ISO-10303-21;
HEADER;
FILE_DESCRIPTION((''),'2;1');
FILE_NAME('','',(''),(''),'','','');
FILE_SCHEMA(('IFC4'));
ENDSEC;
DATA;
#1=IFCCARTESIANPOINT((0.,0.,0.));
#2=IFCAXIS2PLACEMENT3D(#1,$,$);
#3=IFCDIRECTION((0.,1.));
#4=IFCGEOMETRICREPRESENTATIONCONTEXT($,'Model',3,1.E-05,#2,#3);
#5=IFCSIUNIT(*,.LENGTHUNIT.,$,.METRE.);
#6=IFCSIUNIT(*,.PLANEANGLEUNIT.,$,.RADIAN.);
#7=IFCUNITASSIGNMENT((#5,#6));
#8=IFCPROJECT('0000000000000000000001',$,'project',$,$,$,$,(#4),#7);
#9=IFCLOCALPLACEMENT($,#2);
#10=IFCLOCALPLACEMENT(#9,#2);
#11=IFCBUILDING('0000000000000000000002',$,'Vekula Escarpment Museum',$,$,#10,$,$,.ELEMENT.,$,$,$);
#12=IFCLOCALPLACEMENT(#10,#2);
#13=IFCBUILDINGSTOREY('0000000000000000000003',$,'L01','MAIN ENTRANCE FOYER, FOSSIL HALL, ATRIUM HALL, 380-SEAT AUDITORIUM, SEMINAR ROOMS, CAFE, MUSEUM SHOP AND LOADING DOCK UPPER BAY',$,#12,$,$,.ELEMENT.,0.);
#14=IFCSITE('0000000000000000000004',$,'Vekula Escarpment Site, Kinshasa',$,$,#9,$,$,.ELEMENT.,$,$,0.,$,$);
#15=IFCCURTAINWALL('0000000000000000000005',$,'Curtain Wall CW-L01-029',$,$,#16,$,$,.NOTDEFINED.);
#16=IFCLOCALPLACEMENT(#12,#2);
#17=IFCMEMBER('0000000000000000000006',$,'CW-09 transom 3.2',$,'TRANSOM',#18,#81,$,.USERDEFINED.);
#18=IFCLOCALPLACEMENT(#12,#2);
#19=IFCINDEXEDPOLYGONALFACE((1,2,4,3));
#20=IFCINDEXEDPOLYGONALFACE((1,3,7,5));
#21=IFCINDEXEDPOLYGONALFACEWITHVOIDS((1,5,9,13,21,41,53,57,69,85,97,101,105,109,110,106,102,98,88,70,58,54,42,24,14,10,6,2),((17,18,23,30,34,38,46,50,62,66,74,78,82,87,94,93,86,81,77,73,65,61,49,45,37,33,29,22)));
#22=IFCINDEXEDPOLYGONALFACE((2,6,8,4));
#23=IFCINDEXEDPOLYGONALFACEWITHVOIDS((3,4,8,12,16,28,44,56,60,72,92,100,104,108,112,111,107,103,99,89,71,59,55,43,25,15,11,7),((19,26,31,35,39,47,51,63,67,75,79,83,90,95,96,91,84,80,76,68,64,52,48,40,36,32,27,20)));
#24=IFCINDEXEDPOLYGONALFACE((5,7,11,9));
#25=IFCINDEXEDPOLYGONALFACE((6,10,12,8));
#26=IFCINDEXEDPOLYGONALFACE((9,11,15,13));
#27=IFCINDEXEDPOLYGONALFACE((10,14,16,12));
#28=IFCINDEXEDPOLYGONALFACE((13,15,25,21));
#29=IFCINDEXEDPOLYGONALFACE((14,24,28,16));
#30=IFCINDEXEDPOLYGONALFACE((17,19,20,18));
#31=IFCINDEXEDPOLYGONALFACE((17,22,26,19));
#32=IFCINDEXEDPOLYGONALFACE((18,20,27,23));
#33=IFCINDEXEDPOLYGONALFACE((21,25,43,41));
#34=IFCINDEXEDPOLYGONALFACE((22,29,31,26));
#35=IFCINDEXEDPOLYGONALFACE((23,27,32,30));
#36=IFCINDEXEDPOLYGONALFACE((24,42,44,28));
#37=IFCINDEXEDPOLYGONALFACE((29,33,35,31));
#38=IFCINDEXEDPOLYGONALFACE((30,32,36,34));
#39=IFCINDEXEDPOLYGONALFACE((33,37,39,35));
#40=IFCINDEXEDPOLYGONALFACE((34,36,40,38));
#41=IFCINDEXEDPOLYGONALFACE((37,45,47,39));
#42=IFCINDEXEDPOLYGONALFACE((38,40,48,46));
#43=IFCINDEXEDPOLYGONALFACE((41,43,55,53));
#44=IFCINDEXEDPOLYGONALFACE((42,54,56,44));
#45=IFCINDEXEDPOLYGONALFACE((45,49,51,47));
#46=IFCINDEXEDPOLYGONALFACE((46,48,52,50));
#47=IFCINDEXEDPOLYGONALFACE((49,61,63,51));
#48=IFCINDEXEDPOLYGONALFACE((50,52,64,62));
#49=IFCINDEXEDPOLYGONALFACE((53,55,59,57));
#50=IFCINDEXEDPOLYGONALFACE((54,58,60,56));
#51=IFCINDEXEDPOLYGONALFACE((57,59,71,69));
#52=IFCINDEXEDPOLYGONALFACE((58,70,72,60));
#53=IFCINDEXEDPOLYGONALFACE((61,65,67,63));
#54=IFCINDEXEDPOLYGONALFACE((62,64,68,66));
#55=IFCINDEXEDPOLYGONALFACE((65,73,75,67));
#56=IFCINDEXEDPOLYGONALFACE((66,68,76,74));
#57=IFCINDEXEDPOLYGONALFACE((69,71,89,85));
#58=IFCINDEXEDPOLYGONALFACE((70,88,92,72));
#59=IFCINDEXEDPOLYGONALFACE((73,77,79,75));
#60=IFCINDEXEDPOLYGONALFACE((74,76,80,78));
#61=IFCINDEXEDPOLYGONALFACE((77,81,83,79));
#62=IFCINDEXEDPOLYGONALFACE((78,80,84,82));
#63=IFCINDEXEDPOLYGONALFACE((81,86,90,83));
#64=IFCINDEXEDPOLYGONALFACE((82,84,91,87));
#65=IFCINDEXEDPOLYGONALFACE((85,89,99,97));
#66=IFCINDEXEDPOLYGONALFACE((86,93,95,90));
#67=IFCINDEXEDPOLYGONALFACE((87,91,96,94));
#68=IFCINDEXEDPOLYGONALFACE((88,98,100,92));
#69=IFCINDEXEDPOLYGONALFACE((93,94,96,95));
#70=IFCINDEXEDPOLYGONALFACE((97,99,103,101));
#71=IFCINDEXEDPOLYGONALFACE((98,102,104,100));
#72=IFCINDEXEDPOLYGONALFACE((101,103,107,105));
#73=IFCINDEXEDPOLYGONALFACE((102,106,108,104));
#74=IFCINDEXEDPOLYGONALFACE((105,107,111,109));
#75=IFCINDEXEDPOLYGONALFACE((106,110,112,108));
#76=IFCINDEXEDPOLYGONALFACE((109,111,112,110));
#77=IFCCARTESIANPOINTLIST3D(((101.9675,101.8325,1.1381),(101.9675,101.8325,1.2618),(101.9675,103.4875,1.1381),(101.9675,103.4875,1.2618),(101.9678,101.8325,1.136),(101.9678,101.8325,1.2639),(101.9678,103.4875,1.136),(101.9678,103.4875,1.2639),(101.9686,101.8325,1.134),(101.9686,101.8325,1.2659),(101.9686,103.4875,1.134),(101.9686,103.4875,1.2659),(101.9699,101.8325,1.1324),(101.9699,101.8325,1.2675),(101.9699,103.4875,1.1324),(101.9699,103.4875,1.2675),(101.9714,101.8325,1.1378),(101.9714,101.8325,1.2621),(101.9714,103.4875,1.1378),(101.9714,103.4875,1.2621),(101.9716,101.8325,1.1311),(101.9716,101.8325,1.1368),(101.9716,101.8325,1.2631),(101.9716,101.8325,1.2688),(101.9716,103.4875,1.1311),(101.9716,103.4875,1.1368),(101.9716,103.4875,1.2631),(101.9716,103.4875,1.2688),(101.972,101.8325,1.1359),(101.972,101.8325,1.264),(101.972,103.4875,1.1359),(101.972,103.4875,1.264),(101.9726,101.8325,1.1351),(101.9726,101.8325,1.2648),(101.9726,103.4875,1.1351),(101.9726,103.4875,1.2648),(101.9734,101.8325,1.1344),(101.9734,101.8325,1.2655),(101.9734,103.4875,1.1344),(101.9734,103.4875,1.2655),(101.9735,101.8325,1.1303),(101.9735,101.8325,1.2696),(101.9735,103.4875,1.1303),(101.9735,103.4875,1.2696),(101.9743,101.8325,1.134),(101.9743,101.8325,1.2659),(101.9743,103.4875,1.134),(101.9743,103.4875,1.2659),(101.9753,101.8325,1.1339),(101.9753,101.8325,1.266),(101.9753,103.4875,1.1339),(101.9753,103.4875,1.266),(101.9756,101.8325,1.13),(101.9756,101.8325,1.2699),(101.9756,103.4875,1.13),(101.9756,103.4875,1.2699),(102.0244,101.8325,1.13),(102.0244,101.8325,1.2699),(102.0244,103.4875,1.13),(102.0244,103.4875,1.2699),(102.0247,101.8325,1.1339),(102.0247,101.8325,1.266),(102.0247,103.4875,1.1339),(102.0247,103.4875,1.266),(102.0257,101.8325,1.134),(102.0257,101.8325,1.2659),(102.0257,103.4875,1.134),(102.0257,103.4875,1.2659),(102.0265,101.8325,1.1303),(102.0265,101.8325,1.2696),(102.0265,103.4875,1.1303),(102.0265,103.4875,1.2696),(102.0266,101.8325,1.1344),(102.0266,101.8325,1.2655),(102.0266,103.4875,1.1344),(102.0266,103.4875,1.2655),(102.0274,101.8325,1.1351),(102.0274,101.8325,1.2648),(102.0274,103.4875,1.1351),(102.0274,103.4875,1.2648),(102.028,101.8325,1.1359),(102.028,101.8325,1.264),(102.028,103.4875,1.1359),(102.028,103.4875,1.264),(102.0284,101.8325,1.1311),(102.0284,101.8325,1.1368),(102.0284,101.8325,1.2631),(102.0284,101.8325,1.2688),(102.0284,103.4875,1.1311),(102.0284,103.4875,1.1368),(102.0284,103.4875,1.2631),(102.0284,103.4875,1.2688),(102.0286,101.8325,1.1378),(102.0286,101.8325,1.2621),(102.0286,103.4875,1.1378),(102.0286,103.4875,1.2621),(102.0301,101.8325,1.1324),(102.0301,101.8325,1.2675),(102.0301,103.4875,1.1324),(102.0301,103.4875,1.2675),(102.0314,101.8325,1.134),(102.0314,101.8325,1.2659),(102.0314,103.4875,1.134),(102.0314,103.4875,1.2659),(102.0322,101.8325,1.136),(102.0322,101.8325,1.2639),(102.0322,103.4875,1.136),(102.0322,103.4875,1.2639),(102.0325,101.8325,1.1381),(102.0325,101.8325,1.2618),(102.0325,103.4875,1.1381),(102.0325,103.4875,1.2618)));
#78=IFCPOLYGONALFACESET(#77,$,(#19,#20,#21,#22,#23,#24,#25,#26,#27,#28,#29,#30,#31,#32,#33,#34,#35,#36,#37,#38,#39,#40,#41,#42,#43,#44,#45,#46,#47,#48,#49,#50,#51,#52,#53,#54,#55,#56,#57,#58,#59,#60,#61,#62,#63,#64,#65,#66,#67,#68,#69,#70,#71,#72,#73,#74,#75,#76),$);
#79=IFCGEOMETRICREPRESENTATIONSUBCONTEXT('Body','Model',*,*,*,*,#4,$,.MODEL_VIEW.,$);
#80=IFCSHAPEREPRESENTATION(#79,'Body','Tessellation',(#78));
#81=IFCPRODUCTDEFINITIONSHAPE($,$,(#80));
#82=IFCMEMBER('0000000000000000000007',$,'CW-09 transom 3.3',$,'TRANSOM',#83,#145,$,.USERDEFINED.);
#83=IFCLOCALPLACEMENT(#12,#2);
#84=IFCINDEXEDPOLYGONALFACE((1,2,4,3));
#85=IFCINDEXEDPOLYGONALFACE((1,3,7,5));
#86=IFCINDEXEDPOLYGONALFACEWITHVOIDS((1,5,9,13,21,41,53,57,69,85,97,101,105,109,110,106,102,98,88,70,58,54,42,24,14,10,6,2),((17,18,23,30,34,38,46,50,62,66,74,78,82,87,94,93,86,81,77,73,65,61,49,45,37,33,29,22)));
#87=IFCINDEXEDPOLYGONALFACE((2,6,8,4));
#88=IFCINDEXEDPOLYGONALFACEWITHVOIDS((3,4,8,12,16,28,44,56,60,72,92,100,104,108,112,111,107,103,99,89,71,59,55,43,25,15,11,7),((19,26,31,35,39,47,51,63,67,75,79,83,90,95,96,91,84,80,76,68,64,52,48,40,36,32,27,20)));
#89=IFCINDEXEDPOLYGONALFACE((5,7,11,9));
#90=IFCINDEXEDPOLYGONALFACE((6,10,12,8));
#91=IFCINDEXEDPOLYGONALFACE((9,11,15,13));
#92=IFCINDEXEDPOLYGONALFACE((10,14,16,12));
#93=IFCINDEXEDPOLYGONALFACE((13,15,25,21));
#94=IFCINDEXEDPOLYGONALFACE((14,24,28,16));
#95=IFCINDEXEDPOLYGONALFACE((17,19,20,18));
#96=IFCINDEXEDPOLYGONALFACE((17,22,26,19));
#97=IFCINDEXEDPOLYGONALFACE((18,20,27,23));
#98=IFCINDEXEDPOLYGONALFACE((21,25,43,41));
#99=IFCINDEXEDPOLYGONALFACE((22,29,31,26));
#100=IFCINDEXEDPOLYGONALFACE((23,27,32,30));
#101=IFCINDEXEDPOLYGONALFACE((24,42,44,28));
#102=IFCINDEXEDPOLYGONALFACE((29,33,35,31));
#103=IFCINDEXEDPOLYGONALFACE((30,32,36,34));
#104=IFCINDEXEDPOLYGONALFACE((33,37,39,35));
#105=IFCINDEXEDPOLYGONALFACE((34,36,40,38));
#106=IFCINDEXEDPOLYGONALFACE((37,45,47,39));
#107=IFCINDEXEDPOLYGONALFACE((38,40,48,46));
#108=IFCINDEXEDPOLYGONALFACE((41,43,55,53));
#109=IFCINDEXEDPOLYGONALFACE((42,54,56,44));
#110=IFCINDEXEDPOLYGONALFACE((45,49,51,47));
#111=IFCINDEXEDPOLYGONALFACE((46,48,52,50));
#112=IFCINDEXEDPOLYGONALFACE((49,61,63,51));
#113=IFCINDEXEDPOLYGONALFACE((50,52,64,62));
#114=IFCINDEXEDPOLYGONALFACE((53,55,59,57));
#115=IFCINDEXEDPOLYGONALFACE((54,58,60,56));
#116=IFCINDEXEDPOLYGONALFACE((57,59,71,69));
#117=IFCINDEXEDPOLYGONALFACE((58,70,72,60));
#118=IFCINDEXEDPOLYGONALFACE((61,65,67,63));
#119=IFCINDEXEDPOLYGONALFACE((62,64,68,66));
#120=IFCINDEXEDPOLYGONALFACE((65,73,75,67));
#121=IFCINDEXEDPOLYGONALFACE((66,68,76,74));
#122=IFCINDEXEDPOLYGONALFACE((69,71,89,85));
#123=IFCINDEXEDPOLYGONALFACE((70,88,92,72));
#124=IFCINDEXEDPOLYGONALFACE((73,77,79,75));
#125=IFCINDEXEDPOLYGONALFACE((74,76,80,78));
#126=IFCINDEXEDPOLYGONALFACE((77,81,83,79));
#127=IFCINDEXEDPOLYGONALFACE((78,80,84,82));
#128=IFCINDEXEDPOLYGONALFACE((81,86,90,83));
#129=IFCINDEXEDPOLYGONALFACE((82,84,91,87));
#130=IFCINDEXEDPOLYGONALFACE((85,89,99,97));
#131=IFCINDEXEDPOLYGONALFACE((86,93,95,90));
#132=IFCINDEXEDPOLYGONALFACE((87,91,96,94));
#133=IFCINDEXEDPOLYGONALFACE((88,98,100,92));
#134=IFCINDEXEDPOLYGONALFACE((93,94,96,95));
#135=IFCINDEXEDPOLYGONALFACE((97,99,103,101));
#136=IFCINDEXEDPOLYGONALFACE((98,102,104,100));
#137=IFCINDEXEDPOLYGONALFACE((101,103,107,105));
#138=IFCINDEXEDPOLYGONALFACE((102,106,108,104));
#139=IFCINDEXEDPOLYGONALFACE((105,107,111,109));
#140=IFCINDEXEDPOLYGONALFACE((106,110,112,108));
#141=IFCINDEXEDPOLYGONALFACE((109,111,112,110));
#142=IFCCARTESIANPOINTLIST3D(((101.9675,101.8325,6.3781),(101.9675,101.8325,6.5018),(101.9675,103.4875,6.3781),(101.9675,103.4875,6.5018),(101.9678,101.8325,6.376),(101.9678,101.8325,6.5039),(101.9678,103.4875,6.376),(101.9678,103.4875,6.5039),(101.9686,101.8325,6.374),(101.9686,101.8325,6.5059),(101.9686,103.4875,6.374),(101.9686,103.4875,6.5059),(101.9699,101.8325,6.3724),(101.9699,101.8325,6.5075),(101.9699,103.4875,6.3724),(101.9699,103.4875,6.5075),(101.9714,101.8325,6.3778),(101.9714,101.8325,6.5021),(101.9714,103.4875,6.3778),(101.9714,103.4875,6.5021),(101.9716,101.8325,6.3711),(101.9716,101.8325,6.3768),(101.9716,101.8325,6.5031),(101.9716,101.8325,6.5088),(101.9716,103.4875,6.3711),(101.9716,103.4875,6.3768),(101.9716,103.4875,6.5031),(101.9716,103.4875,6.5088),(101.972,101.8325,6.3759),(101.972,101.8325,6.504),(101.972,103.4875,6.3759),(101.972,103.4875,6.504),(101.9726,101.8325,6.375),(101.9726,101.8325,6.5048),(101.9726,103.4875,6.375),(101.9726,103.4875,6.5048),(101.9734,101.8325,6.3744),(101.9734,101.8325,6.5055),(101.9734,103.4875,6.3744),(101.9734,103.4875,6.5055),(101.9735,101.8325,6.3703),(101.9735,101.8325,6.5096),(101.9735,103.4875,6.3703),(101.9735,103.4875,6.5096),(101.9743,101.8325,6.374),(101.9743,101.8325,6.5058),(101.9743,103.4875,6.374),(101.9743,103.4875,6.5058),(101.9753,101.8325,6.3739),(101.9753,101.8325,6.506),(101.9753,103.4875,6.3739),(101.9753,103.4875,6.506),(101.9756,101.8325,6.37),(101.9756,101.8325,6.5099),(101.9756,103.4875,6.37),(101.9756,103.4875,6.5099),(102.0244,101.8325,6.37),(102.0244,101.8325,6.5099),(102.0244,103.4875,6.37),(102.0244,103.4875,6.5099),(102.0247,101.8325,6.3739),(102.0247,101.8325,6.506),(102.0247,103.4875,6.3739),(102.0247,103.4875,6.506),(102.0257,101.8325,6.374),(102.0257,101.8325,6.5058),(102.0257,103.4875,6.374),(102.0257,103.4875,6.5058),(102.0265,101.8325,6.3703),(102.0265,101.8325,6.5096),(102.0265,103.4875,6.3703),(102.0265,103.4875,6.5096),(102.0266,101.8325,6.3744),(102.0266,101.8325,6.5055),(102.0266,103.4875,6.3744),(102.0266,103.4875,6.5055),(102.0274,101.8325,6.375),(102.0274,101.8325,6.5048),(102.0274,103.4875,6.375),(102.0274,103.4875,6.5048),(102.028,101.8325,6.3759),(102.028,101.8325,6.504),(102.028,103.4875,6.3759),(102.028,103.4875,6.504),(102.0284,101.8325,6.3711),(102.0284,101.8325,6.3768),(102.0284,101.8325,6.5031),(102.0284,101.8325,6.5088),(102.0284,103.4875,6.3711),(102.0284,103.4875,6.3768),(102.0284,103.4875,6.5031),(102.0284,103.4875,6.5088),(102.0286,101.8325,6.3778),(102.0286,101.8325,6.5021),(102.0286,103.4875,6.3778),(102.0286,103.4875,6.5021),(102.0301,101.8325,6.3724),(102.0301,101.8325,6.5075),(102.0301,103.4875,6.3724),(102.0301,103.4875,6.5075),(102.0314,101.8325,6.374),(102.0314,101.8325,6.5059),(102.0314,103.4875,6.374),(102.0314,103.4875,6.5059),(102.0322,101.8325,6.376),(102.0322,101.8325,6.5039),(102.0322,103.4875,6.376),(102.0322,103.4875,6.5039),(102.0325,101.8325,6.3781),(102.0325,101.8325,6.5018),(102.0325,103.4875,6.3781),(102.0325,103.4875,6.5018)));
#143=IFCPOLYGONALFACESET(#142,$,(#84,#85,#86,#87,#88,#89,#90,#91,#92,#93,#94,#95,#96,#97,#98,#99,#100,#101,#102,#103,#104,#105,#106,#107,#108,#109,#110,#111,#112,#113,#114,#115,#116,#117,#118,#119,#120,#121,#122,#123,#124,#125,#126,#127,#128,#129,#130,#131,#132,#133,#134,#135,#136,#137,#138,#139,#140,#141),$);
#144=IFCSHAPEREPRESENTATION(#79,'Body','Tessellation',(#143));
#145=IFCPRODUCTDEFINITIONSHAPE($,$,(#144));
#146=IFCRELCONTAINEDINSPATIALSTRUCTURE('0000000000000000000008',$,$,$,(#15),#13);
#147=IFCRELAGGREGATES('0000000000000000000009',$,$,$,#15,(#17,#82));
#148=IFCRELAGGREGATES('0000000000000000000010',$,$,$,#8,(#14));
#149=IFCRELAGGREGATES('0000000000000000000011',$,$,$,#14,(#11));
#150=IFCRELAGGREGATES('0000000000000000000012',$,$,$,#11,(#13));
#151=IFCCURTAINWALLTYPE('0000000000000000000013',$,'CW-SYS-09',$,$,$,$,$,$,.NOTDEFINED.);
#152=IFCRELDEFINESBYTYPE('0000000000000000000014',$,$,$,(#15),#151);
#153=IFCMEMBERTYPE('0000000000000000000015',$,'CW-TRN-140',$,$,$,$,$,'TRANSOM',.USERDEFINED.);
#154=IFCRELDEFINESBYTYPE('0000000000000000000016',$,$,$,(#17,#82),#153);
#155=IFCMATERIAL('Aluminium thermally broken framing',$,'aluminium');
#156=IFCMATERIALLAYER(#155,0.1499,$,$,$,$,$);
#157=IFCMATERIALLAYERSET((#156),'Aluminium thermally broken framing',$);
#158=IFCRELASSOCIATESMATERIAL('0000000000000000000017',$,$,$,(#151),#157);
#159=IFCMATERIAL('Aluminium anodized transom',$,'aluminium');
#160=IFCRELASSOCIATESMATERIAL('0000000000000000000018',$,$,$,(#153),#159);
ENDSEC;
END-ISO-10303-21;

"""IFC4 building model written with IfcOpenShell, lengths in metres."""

from ifc_helpers import new_model, si_unit, direction, frame, origin, origin_2d, place, context, subcontext, project, spatial, hollow_rectangle, extrude, material, layer, layer_set, material_profile, profile_set, type_object, element, aggregate, save


model = new_model("IFC4")

# Units and contexts
model_context = context("Model", 3, precision=1e-05, world=origin(), true_north=direction((0.0, 1.0)))
body_context = subcontext(model_context, "Body", "Model", "MODEL_VIEW")
ifc_project = project(units=[si_unit("LENGTHUNIT", "METRE"), si_unit("PLANEANGLEUNIT", "RADIAN")], contexts=[model_context])

# Site, building, storey
site_placement = place(None, origin())
site = spatial("IfcSite", under=ifc_project, at=site_placement, Name="Vekula Escarpment Site, Kinshasa", CompositionType="ELEMENT", RefElevation=0.0)
building_placement = place(site_placement, origin())
building = spatial("IfcBuilding", under=site, at=building_placement, Name="Vekula Escarpment Museum", CompositionType="ELEMENT")
storey_placement = place(building_placement, origin())
storey = spatial("IfcBuildingStorey", under=building, at=storey_placement, Name="L01", Description="MAIN ENTRANCE FOYER, FOSSIL HALL, ATRIUM HALL, 380-SEAT AUDITORIUM, SEMINAR ROOMS, CAFE, MUSEUM SHOP AND LOADING DOCK UPPER BAY", CompositionType="ELEMENT", Elevation=0.0)

# Curtain wall
ifc_material_1 = material(Name="Aluminium thermally broken framing", Category="aluminium")
ifc_layer_1 = layer(ifc_material_1, 0.1499)
ifc_layer_set_1 = layer_set([ifc_layer_1], Name="Aluminium thermally broken framing")
curtain_wall_type_1 = type_object("IfcCurtainWallType", Name="CW-SYS-09", PredefinedType="NOTDEFINED", material=ifc_layer_set_1)
curtain_wall_1_placement = place(storey_placement, origin())
curtain_wall_1 = element("IfcCurtainWall", 1, at=curtain_wall_1_placement, inside=storey, type_object=curtain_wall_type_1, Name="Curtain Wall CW-L01-029", PredefinedType="NOTDEFINED")

# Members
ifc_material_2 = material(Name="Aluminium anodized transom", Category="aluminium")
ifc_material_profile_1 = material_profile(ifc_material_2, hollow_rectangle(XDim=0.0649, YDim=0.1399, WallThickness=0.0039, InnerFilletRadius=0.0039, OuterFilletRadius=0.0081, at=origin_2d()), Name="ALU 140x65x4")
ifc_profile_set_1 = profile_set([ifc_material_profile_1], Name="Aluminium anodized transom")
member_type_1 = type_object("IfcMemberType", Name="CW-TRN-140", ElementType="TRANSOM", PredefinedType="USERDEFINED", material=ifc_profile_set_1)
member_1_placement = place(storey_placement, frame((102.0, 101.8325, 1.2), z_axis=(0.0, 1.0, 0.0), x_axis=(-1.0, 0.0, 0.0)))
member_1 = element("IfcMember", 2, at=member_1_placement, type_object=member_type_1, Name="CW-09 transom 3.2", ObjectType="TRANSOM", PredefinedType="USERDEFINED", context=body_context, shape_type="SweptSolid", body=[
    extrude(hollow_rectangle(XDim=0.0649, YDim=0.1399, WallThickness=0.0039, InnerFilletRadius=0.0039, OuterFilletRadius=0.0081, at=origin_2d()), origin(), (0.0, 0.0, 1.0), 1.655),
])
member_2_placement = place(storey_placement, frame((102.0, 101.8325, 6.4399), z_axis=(0.0, 1.0, 0.0), x_axis=(-1.0, 0.0, 0.0)))
member_2 = element("IfcMember", 3, at=member_2_placement, type_object=member_type_1, Name="CW-09 transom 3.3", ObjectType="TRANSOM", PredefinedType="USERDEFINED", context=body_context, shape_type="SweptSolid", body=[
    extrude(hollow_rectangle(XDim=0.0649, YDim=0.1399, WallThickness=0.0039, InnerFilletRadius=0.0039, OuterFilletRadius=0.0081, at=origin_2d()), origin(), (0.0, 0.0, 1.0), 1.655),
])

aggregate(curtain_wall_1, [member_1, member_2])

save(model, "model.ifc")
